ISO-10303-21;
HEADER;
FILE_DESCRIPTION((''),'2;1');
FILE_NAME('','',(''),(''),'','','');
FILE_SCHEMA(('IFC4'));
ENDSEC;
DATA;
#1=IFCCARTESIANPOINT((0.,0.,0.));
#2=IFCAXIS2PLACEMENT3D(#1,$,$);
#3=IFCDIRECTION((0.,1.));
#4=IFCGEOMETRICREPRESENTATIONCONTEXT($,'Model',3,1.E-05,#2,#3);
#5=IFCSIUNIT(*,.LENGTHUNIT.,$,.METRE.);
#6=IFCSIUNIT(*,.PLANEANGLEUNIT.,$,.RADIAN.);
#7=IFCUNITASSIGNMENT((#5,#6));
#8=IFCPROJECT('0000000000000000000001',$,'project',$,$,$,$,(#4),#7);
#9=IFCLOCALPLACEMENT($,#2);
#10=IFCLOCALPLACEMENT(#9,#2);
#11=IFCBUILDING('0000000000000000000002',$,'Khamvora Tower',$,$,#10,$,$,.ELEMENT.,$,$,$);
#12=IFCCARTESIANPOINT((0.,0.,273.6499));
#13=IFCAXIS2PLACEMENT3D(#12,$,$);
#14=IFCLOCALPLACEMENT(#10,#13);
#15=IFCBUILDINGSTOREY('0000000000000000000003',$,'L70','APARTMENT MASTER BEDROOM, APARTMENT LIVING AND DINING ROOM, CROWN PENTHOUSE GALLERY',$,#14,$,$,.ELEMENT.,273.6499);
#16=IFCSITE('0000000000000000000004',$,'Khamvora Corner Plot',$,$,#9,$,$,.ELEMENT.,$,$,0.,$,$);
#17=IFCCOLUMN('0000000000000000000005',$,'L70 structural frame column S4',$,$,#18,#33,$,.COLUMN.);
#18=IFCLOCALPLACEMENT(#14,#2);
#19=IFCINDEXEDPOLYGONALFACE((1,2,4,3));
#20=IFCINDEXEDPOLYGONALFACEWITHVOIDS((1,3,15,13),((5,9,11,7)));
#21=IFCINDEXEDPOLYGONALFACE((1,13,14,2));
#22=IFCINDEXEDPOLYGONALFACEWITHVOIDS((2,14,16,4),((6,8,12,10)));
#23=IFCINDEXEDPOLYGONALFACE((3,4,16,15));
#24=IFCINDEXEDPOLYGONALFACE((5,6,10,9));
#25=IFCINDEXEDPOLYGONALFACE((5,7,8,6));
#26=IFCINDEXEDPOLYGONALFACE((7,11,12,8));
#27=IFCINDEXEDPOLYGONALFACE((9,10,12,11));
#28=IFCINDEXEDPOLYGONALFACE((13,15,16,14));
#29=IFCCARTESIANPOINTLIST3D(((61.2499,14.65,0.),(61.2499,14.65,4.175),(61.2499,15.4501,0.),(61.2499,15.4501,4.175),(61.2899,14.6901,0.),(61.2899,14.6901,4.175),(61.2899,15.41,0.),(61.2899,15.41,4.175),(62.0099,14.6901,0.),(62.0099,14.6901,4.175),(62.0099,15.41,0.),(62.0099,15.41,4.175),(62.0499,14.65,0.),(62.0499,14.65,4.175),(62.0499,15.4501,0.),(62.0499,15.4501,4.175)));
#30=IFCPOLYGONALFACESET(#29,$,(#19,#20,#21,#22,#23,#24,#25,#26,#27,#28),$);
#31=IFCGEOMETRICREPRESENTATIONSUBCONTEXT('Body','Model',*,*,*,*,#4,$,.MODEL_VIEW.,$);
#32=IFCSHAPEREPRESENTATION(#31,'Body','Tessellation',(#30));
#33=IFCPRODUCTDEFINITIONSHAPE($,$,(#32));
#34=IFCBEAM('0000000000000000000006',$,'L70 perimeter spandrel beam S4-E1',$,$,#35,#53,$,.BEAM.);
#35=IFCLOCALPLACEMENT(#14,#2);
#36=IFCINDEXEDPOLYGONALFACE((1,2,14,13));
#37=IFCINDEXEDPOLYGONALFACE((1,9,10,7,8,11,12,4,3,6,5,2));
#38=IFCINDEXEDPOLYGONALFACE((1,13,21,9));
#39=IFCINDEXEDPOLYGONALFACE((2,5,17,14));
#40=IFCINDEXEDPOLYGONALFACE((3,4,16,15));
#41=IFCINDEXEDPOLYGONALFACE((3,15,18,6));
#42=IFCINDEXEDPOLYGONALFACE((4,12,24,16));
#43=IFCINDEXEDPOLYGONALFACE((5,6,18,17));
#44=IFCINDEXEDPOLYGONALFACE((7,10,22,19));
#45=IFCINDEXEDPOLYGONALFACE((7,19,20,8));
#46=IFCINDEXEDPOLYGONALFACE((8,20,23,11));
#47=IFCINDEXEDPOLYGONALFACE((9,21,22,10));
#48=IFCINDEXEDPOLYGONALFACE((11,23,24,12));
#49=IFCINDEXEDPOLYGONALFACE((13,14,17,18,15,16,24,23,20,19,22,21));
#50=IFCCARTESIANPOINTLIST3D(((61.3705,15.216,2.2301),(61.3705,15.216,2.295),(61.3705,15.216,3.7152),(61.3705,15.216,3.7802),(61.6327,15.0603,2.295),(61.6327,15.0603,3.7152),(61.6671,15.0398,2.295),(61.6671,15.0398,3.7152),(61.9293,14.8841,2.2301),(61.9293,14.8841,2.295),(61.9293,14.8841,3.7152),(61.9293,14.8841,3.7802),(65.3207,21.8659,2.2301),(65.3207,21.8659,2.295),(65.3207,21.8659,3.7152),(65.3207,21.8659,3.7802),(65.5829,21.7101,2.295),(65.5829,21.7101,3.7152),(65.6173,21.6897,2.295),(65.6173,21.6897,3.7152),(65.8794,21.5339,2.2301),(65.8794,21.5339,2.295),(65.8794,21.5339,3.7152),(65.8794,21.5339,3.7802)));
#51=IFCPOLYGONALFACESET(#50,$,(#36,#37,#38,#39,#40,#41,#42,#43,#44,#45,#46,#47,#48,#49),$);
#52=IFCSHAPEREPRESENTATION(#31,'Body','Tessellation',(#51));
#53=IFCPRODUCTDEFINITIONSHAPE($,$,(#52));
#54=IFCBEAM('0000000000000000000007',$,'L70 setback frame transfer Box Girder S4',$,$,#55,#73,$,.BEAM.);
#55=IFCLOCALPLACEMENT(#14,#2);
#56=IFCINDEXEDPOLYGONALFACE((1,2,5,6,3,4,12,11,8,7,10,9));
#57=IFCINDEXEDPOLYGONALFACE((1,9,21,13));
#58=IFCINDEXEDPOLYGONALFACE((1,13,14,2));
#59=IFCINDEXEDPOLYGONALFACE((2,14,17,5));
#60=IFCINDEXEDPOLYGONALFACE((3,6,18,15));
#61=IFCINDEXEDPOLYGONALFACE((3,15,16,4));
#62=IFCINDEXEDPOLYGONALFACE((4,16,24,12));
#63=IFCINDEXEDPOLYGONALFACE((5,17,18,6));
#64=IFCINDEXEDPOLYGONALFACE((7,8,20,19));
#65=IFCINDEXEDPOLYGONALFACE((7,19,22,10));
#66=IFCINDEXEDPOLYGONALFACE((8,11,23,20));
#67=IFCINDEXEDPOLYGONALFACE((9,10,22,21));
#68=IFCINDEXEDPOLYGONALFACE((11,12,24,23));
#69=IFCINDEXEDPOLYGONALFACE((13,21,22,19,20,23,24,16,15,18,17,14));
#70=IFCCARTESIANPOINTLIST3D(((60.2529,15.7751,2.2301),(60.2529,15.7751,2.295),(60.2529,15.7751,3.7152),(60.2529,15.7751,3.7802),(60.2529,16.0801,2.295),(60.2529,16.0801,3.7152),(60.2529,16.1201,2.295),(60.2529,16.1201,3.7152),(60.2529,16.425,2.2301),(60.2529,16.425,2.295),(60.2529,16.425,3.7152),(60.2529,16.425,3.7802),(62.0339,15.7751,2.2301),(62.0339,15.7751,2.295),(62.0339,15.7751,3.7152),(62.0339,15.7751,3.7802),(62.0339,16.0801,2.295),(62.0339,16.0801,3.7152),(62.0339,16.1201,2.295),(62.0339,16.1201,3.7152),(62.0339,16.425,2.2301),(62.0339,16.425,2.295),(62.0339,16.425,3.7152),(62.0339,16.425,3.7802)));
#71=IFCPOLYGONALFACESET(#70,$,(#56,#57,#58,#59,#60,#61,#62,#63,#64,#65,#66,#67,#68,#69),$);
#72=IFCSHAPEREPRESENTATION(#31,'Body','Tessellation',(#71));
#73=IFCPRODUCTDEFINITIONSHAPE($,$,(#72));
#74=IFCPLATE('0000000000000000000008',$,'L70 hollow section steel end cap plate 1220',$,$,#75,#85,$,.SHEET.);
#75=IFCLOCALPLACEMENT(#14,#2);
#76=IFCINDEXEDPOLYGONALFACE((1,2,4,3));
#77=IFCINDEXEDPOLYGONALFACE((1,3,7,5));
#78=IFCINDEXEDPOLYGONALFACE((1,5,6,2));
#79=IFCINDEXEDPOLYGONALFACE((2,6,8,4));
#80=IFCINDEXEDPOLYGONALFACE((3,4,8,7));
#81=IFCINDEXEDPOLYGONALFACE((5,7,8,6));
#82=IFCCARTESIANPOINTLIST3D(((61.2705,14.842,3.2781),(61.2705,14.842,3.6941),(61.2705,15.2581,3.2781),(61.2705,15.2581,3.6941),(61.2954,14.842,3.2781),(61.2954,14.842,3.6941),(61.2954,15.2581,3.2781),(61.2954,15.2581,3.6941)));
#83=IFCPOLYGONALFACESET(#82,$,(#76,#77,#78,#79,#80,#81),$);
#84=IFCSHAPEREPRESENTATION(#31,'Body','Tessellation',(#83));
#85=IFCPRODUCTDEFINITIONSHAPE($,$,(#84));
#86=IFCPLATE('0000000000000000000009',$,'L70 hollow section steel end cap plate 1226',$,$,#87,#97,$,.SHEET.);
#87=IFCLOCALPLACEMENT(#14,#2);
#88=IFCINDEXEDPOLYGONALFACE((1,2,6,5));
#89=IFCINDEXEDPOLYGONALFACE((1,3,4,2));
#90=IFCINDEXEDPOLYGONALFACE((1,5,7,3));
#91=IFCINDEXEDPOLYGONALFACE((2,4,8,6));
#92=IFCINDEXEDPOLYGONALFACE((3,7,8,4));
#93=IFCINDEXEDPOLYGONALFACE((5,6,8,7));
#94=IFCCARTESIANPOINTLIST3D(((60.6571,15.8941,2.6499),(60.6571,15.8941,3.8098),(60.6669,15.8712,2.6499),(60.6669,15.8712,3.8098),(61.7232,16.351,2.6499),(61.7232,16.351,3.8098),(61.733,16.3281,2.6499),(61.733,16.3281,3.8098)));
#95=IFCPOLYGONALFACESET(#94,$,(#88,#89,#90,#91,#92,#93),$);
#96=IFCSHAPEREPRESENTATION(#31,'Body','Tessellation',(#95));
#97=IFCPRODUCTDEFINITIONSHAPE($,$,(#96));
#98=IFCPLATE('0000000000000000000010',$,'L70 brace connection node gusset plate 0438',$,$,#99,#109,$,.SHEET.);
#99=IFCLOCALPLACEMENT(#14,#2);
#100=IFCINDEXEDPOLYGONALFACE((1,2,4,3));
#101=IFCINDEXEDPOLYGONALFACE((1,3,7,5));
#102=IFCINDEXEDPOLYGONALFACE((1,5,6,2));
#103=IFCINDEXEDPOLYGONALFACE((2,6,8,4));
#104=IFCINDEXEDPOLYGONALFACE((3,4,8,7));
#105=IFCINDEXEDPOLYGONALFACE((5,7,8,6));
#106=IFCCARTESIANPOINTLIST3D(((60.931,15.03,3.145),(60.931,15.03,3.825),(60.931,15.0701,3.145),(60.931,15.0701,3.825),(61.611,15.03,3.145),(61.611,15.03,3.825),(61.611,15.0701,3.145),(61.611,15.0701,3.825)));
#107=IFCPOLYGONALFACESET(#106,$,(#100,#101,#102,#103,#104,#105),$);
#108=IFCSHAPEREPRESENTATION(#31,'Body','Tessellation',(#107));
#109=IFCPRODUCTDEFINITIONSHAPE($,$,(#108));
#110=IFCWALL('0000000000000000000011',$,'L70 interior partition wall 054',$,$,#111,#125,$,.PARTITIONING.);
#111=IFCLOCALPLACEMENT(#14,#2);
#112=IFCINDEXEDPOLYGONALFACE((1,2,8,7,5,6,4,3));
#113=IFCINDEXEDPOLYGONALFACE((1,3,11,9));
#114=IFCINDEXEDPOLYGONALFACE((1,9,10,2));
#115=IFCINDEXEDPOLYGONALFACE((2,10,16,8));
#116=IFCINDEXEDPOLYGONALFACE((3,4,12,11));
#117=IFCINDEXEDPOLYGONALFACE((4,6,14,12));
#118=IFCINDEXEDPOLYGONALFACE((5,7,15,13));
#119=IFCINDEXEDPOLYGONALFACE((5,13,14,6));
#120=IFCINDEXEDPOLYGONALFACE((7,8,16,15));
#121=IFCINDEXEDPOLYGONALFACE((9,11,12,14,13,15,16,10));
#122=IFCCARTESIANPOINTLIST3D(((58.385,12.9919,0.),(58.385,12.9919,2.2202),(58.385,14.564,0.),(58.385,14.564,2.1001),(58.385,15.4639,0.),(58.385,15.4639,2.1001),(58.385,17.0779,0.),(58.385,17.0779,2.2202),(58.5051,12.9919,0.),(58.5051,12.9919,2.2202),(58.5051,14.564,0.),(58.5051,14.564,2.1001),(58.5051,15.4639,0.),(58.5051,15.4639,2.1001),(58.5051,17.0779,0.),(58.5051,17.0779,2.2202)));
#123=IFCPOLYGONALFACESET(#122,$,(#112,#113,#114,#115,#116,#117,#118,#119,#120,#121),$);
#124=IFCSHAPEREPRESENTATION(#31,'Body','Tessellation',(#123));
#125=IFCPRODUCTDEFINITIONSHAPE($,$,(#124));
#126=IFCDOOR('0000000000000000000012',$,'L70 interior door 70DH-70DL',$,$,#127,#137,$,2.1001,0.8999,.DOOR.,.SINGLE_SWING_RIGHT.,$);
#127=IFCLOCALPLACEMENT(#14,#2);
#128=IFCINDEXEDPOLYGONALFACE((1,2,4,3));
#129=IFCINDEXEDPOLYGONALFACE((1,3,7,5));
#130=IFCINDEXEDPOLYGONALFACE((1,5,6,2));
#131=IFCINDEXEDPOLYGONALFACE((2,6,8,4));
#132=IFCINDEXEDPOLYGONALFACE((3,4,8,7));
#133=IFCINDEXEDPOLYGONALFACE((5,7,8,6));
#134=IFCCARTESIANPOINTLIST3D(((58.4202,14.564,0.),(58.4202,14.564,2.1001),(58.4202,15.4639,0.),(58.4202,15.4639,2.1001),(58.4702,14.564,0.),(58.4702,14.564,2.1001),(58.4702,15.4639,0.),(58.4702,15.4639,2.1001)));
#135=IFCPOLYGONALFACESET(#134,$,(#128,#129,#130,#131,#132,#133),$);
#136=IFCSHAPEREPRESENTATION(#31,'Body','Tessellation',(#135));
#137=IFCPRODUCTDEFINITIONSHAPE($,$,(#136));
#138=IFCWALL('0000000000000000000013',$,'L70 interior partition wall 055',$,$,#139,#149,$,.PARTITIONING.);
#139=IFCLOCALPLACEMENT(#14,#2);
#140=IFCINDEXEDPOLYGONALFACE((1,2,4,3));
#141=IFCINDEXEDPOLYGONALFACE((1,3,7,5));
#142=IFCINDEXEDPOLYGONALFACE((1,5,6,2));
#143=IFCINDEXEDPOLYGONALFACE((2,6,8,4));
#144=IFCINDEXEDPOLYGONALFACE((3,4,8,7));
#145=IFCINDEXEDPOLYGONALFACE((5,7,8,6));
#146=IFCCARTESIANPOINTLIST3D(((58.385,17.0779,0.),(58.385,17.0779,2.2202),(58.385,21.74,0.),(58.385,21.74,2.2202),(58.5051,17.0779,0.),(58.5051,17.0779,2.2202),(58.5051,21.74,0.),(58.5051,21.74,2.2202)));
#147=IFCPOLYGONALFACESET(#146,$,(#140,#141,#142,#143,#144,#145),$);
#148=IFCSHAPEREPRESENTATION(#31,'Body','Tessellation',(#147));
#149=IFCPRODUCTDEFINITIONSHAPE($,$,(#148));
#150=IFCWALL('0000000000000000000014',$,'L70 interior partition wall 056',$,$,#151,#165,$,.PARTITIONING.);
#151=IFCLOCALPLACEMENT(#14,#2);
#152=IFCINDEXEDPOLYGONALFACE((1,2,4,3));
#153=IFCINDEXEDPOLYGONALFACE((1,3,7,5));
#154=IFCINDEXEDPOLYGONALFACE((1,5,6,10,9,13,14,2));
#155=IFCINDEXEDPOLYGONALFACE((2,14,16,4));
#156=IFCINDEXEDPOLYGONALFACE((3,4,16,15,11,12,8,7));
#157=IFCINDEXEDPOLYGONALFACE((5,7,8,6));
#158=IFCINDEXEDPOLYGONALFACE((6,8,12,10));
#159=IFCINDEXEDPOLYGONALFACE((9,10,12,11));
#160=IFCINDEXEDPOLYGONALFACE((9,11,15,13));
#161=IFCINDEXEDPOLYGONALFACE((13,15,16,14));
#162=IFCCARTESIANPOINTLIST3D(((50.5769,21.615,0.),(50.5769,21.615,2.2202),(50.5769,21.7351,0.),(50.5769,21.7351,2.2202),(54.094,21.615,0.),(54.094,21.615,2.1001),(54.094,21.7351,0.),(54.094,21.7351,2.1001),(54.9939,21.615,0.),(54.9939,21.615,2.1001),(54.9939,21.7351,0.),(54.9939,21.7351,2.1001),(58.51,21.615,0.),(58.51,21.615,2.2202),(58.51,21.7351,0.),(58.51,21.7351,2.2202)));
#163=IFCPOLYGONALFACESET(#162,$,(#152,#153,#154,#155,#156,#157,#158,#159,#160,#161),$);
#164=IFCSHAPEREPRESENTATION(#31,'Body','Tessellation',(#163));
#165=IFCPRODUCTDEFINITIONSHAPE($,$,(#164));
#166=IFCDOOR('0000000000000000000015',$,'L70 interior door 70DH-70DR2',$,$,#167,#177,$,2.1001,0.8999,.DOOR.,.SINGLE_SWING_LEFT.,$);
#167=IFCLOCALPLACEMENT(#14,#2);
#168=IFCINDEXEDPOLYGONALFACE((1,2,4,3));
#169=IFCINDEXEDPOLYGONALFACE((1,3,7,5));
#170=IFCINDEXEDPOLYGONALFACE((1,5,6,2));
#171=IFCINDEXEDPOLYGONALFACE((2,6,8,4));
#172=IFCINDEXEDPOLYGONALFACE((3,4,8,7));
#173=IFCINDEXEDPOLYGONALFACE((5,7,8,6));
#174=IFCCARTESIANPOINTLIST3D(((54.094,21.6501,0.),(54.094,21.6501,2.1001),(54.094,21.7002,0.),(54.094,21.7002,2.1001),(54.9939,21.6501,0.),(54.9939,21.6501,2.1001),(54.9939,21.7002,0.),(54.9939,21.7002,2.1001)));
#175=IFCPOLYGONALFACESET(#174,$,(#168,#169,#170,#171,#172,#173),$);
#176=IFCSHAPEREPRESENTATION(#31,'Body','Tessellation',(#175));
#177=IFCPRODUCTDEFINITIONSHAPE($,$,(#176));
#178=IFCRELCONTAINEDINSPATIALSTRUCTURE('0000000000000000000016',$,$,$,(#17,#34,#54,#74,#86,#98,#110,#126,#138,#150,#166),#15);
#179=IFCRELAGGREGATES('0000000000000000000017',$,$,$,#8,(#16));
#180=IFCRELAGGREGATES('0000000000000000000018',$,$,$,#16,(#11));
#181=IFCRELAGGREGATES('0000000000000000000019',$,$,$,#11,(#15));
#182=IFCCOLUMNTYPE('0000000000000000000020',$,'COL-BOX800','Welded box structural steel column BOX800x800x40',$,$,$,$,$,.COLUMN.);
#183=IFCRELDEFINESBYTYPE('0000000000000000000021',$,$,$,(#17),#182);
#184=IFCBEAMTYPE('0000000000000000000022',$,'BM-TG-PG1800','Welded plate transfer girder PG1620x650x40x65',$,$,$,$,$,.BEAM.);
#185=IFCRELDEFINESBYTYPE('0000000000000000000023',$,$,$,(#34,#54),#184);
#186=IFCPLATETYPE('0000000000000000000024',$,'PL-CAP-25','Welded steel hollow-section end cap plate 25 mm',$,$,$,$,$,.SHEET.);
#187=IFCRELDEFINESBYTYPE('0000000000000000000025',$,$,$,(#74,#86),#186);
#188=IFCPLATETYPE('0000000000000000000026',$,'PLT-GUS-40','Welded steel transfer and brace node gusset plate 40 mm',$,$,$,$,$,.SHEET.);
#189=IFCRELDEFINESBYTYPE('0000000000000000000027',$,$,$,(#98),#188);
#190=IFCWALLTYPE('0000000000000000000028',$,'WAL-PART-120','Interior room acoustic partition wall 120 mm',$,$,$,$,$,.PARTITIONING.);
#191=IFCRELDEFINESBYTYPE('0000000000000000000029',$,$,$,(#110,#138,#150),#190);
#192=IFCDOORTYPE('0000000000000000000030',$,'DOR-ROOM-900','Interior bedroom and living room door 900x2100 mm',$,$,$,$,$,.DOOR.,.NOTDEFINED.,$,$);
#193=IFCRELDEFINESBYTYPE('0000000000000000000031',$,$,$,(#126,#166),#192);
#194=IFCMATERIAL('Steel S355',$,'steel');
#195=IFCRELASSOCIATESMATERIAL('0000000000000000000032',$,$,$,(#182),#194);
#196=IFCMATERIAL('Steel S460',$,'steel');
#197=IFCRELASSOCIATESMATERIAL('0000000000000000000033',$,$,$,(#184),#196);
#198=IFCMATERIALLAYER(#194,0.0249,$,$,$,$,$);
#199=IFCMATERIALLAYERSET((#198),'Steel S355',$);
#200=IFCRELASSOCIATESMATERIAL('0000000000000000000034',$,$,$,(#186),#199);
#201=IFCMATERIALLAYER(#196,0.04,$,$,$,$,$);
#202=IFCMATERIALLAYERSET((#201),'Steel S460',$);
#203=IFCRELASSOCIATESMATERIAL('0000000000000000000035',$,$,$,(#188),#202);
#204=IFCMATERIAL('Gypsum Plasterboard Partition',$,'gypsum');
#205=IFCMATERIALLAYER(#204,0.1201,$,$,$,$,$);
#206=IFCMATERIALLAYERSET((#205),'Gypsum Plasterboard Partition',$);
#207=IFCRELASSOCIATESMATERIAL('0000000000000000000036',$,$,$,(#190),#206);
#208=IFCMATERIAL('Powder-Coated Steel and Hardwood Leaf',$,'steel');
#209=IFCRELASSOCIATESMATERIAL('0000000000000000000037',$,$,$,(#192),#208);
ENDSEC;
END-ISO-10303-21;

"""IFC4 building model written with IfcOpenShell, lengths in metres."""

from ifc_helpers import new_model, si_unit, direction, frame, frame_2d, origin, origin_2d, place, context, subcontext, project, spatial, rectangle, hollow_rectangle, i_section, extrude, material, layer, layer_set, material_profile, profile_set, type_object, element, fill, save


model = new_model("IFC4")

# Units and contexts
model_context = context("Model", 3, precision=1e-05, world=origin(), true_north=direction((0.0, 1.0)))
body_context = subcontext(model_context, "Body", "Model", "MODEL_VIEW")
ifc_project = project(units=[si_unit("LENGTHUNIT", "METRE"), si_unit("PLANEANGLEUNIT", "RADIAN")], contexts=[model_context])

# Site, building, storey
site_placement = place(None, origin())
site = spatial("IfcSite", under=ifc_project, at=site_placement, Name="Khamvora Corner Plot", CompositionType="ELEMENT", RefElevation=0.0)
building_placement = place(site_placement, origin())
building = spatial("IfcBuilding", under=site, at=building_placement, Name="Khamvora Tower", CompositionType="ELEMENT")
storey_placement = place(building_placement, frame((0.0, 0.0, 273.6499)))
storey = spatial("IfcBuildingStorey", under=building, at=storey_placement, Name="L70", Description="APARTMENT MASTER BEDROOM, APARTMENT LIVING AND DINING ROOM, CROWN PENTHOUSE GALLERY", CompositionType="ELEMENT", Elevation=273.6499)

# Column
ifc_material_1 = material(Name="Steel S355", Category="steel")
ifc_material_profile_1 = material_profile(ifc_material_1, hollow_rectangle(XDim=0.8, YDim=0.8, WallThickness=0.04, at=origin_2d()), Name="BOX800x800x40")
ifc_profile_set_1 = profile_set([ifc_material_profile_1], Name="Steel S355")
column_type = type_object("IfcColumnType", Name="COL-BOX800", Description="Welded box structural steel column BOX800x800x40", PredefinedType="COLUMN", material=ifc_profile_set_1)
column_placement = place(storey_placement, frame((61.6499, 15.05, 0.0), z_axis=(0.0, 0.0, 1.0), x_axis=(1.0, 0.0, 0.0)))
element("IfcColumn", 1, at=column_placement, inside=storey, type_object=column_type, Name="L70 structural frame column S4", PredefinedType="COLUMN", context=body_context, shape_type="SweptSolid", body=[
    extrude(hollow_rectangle(XDim=0.8, YDim=0.8, WallThickness=0.04, at=origin_2d()), origin(), (0.0, 0.0, 1.0), 4.175),
])

# Beams
ifc_material_2 = material(Name="Steel S460", Category="steel")
ifc_material_profile_2 = material_profile(ifc_material_2, i_section(OverallWidth=0.6499, OverallDepth=1.55, WebThickness=0.04, FlangeThickness=0.0649, at=origin_2d()), Name="PG1550x650x40x65")
ifc_profile_set_2 = profile_set([ifc_material_profile_2], Name="Steel S460")
beam_type = type_object("IfcBeamType", Name="BM-TG-PG1800", Description="Welded plate transfer girder PG1620x650x40x65", PredefinedType="BEAM", material=ifc_profile_set_2)
beam_1_placement = place(storey_placement, frame((61.6499, 15.05, 3.0051), z_axis=(0.510712, 0.859752, 0.0), x_axis=(-0.859752, 0.510712, 0.0)))
element("IfcBeam", 2, at=beam_1_placement, inside=storey, type_object=beam_type, Name="L70 perimeter spandrel beam S4-E1", PredefinedType="BEAM", context=body_context, shape_type="SweptSolid", body=[
    extrude(i_section(OverallWidth=0.6499, OverallDepth=1.55, WebThickness=0.04, FlangeThickness=0.0649, at=origin_2d()), origin(), (0.0, 0.0, 1.0), 7.7346),
])
beam_2_placement = place(storey_placement, frame((60.2529, 16.1001, 3.0051), z_axis=(1.0, 0.0, 0.0), x_axis=(0.0, 1.0, 0.0)))
element("IfcBeam", 3, at=beam_2_placement, inside=storey, type_object=beam_type, Name="L70 setback frame transfer Box Girder S4", PredefinedType="BEAM", context=body_context, shape_type="SweptSolid", body=[
    extrude(i_section(OverallWidth=0.6499, OverallDepth=1.55, WebThickness=0.04, FlangeThickness=0.0649, at=origin_2d()), origin(), (0.0, 0.0, 1.0), 1.781),
])

# Plates
ifc_layer_1 = layer(ifc_material_1, 0.0249)
ifc_layer_set_1 = layer_set([ifc_layer_1], Name="Steel S355")
plate_type_1 = type_object("IfcPlateType", Name="PL-CAP-25", Description="Welded steel hollow-section end cap plate 25 mm", PredefinedType="SHEET", material=ifc_layer_set_1)
plate_1_placement = place(storey_placement, frame((61.283, 15.05, 3.2781), z_axis=(0.0, 0.0, 1.0), x_axis=(1.0, 0.0, 0.0)))
element("IfcPlate", 4, at=plate_1_placement, inside=storey, type_object=plate_type_1, Name="L70 hollow section steel end cap plate 1220", PredefinedType="SHEET", context=body_context, shape_type="SweptSolid", body=[
    extrude(rectangle(XDim=0.0249, YDim=0.416, at=origin_2d()), origin(), (0.0, 0.0, 1.0), 0.416),
])
plate_2_placement = place(storey_placement, frame((61.1951, 16.1111, 2.6499), z_axis=(0.0, 0.0, 1.0), x_axis=(-0.393926, 0.919142, 0.0)))
element("IfcPlate", 5, at=plate_2_placement, inside=storey, type_object=plate_type_1, Name="L70 hollow section steel end cap plate 1226", PredefinedType="SHEET", context=body_context, shape_type="SweptSolid", body=[
    extrude(rectangle(XDim=0.0249, YDim=1.1599, at=origin_2d()), origin(), (0.0, 0.0, 1.0), 1.1599),
])
ifc_layer_2 = layer(ifc_material_2, 0.04)
ifc_layer_set_2 = layer_set([ifc_layer_2], Name="Steel S460")
plate_type_2 = type_object("IfcPlateType", Name="PLT-GUS-40", Description="Welded steel transfer and brace node gusset plate 40 mm", PredefinedType="SHEET", material=ifc_layer_set_2)
plate_3_placement = place(storey_placement, frame((61.271, 15.05, 3.145), z_axis=(0.0, 0.0, 1.0), x_axis=(1.0, 0.0, 0.0)))
element("IfcPlate", 6, at=plate_3_placement, inside=storey, type_object=plate_type_2, Name="L70 brace connection node gusset plate 0438", PredefinedType="SHEET", context=body_context, shape_type="SweptSolid", body=[
    extrude(rectangle(XDim=0.6799, YDim=0.04, at=origin_2d()), origin(), (0.0, 0.0, 1.0), 0.6799),
])

# Wall, opening, door
ifc_material_3 = material(Name="Gypsum Plasterboard Partition", Category="gypsum")
ifc_layer_3 = layer(ifc_material_3, 0.1201)
ifc_layer_set_3 = layer_set([ifc_layer_3], Name="Gypsum Plasterboard Partition")
wall_type = type_object("IfcWallType", Name="WAL-PART-120", Description="Interior room acoustic partition wall 120 mm", PredefinedType="PARTITIONING", material=ifc_layer_set_3)
wall_1_placement = place(storey_placement, frame((58.4451, 12.9919, 0.0), z_axis=(0.0, 0.0, 1.0), x_axis=(0.0, 1.0, 0.0)))
wall_1 = element("IfcWall", 7, at=wall_1_placement, inside=storey, type_object=wall_type, Name="L70 interior partition wall 054", PredefinedType="PARTITIONING", context=body_context, shape_type="SweptSolid", body=[
    extrude(rectangle(XDim=4.0859, YDim=0.1201, at=frame_2d((2.043, 0.0))), origin(), (0.0, 0.0, 1.0), 2.2202),
])
opening_1_placement = place(wall_1_placement, frame((1.572, 0.0, 0.0)))
opening_1 = element("IfcOpeningElement", 8, at=opening_1_placement, cuts=wall_1, PredefinedType="OPENING", context=body_context, shape_type="SweptSolid", body=[
    extrude(rectangle(XDim=0.8999, YDim=2.1001, at=frame_2d((0.45, 1.05))), frame((0.0, 0.0701, 0.0), z_axis=(0.0, -1.0, 0.0), x_axis=(1.0, 0.0, 0.0)), (0.0, 0.0, 1.0), 0.1401),
])
ifc_material_4 = material(Name="Powder-Coated Steel and Hardwood Leaf", Category="steel")
door_type = type_object("IfcDoorType", Name="DOR-ROOM-900", Description="Interior bedroom and living room door 900x2100 mm", OperationType="NOTDEFINED", PredefinedType="DOOR", material=ifc_material_4)
door_1_placement = place(opening_1_placement, origin())
door_1 = element("IfcDoor", 9, at=door_1_placement, inside=storey, type_object=door_type, Name="L70 interior door 70DH-70DL", OperationType="SINGLE_SWING_RIGHT", OverallHeight=2.1001, OverallWidth=0.8999, PredefinedType="DOOR", context=body_context, shape_type="SweptSolid", body=[
    extrude(rectangle(XDim=0.8999, YDim=2.1001, at=frame_2d((0.45, 1.05))), frame((0.0, 0.0249, 0.0), z_axis=(0.0, -1.0, 0.0), x_axis=(1.0, 0.0, 0.0)), (0.0, 0.0, 1.0), 0.05),
])
fill(opening_1, door_1)

# Wall
wall_2_placement = place(storey_placement, frame((58.4451, 17.0779, 0.0), z_axis=(0.0, 0.0, 1.0), x_axis=(0.0, 1.0, 0.0)))
element("IfcWall", 10, at=wall_2_placement, inside=storey, type_object=wall_type, Name="L70 interior partition wall 055", PredefinedType="PARTITIONING", context=body_context, shape_type="SweptSolid", body=[
    extrude(rectangle(XDim=4.6621, YDim=0.1201, at=frame_2d((2.3311, 0.0))), origin(), (0.0, 0.0, 1.0), 2.2202),
])

# Wall, opening, door
wall_3_placement = place(storey_placement, frame((58.51, 21.675, 0.0), z_axis=(0.0, 0.0, 1.0), x_axis=(-1.0, 0.0, 0.0)))
wall_3 = element("IfcWall", 11, at=wall_3_placement, inside=storey, type_object=wall_type, Name="L70 interior partition wall 056", PredefinedType="PARTITIONING", context=body_context, shape_type="SweptSolid", body=[
    extrude(rectangle(XDim=7.9331, YDim=0.1201, at=frame_2d((3.9666, 0.0))), origin(), (0.0, 0.0, 1.0), 2.2202),
])
opening_2_placement = place(wall_3_placement, frame((3.5161, 0.0, 0.0)))
opening_2 = element("IfcOpeningElement", 12, at=opening_2_placement, cuts=wall_3, PredefinedType="OPENING", context=body_context, shape_type="SweptSolid", body=[
    extrude(rectangle(XDim=0.8999, YDim=2.1001, at=frame_2d((0.45, 1.05))), frame((0.0, 0.0701, 0.0), z_axis=(0.0, -1.0, 0.0), x_axis=(1.0, 0.0, 0.0)), (0.0, 0.0, 1.0), 0.1401),
])
door_2_placement = place(opening_2_placement, origin())
door_2 = element("IfcDoor", 13, at=door_2_placement, inside=storey, type_object=door_type, Name="L70 interior door 70DH-70DR2", OperationType="SINGLE_SWING_LEFT", OverallHeight=2.1001, OverallWidth=0.8999, PredefinedType="DOOR", context=body_context, shape_type="SweptSolid", body=[
    extrude(rectangle(XDim=0.8999, YDim=2.1001, at=frame_2d((0.45, 1.05))), frame((0.0, 0.0249, 0.0), z_axis=(0.0, -1.0, 0.0), x_axis=(1.0, 0.0, 0.0)), (0.0, 0.0, 1.0), 0.05),
])
fill(opening_2, door_2)

save(model, "model.ifc")
